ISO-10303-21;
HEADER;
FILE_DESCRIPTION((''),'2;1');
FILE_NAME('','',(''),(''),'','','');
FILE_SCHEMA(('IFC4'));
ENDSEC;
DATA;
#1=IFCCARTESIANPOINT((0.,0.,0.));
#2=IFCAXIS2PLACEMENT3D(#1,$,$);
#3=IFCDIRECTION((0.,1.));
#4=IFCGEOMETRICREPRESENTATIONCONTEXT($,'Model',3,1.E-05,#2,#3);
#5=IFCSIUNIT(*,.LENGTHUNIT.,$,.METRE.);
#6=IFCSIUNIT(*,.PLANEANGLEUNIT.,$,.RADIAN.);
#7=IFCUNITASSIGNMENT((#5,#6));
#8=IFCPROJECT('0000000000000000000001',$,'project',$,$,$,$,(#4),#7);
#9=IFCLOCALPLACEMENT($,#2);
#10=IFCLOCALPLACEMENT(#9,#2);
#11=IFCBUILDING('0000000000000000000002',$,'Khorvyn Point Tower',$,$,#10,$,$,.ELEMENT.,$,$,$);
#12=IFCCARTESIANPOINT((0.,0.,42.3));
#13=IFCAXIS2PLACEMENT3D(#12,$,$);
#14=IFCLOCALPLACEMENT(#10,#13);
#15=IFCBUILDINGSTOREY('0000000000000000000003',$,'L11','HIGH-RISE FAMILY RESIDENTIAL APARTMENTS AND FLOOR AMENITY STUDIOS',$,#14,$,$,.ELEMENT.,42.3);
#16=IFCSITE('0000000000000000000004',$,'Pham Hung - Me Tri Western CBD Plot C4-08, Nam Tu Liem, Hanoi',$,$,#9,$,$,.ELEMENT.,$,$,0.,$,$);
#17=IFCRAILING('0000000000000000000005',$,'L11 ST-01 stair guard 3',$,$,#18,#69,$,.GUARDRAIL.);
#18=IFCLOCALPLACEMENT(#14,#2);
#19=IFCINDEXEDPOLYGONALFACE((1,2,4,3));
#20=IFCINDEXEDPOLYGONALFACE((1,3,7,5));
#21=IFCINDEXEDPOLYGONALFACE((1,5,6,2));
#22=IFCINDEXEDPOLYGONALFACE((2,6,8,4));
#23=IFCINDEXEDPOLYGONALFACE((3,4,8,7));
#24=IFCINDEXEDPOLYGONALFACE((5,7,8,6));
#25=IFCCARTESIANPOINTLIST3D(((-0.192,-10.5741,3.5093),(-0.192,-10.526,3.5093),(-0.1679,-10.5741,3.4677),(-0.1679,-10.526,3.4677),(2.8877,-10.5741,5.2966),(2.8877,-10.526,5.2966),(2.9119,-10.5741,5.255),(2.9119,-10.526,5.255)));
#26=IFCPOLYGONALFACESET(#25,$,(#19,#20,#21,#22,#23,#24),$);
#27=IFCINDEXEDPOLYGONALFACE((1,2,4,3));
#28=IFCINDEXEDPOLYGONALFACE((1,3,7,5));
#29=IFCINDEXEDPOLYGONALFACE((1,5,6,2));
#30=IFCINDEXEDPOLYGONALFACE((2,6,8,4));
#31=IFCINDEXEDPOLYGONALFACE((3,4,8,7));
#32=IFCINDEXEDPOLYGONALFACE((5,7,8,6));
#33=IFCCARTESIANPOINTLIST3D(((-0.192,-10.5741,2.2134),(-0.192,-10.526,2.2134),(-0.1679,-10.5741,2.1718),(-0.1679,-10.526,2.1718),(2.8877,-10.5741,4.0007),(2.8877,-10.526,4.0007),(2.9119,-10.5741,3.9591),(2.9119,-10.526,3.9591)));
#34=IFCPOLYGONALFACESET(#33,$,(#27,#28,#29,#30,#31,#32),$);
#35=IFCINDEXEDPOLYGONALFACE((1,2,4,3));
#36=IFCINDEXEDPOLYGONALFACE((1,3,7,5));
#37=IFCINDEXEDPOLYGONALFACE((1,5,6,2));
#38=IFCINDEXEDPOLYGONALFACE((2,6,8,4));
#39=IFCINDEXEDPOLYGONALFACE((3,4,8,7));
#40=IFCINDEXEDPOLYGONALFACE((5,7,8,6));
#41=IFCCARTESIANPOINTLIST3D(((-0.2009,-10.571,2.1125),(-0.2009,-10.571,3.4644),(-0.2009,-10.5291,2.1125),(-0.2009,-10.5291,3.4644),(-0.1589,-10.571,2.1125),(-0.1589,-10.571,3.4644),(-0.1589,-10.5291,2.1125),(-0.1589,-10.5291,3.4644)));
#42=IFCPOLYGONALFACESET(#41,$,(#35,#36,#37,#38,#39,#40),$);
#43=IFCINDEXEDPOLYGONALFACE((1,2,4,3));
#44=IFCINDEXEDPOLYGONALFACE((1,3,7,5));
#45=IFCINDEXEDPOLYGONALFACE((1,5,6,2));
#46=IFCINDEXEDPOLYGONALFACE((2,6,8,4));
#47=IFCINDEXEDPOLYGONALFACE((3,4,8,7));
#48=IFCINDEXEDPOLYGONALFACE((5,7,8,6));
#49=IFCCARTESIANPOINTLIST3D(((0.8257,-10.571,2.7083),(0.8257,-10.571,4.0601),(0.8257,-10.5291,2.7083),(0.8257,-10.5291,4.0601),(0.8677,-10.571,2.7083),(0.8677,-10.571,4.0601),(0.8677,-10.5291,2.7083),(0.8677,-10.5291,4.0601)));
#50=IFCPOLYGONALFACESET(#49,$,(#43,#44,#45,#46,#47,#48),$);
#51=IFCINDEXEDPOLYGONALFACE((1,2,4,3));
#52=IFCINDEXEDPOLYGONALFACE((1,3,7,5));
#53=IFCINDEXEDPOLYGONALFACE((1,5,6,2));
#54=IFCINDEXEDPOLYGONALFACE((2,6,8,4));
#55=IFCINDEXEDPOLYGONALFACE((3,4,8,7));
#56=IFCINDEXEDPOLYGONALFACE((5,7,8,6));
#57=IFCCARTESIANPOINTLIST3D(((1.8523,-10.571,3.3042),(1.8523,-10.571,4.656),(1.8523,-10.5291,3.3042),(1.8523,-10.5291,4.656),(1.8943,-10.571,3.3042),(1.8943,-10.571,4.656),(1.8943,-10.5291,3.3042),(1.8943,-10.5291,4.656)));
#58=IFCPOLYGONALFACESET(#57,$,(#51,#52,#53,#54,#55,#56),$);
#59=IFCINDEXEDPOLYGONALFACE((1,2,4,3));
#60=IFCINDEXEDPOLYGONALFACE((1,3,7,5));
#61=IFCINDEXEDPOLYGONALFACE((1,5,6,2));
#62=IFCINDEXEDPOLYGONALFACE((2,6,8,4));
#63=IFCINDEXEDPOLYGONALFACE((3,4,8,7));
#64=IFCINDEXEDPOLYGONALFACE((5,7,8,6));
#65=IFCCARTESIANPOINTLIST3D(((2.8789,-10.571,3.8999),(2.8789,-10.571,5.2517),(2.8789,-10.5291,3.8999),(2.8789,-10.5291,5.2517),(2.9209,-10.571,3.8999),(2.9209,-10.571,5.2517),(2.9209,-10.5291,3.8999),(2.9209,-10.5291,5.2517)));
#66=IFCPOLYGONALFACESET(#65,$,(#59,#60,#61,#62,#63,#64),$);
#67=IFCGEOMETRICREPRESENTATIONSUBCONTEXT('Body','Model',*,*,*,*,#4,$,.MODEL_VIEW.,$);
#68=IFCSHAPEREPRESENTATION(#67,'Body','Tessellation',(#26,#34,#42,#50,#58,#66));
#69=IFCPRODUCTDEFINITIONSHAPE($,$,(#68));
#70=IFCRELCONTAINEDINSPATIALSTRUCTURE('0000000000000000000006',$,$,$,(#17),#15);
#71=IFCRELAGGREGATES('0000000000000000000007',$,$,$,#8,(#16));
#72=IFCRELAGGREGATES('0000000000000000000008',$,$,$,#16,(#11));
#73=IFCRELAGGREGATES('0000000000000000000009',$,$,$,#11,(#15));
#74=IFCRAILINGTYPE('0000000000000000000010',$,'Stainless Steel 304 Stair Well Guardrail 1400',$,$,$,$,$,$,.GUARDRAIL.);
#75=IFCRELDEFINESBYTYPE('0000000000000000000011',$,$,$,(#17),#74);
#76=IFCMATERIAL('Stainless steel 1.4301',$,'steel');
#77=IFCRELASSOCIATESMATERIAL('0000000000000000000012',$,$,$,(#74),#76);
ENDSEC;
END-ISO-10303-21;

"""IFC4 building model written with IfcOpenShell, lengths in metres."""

from ifc_helpers import new_model, si_unit, direction, frame, origin, origin_2d, place, context, subcontext, project, spatial, rectangle, extrude, material, type_object, element, save


model = new_model("IFC4")

# Units and contexts
model_context = context("Model", 3, precision=1e-05, world=origin(), true_north=direction((0.0, 1.0)))
body_context = subcontext(model_context, "Body", "Model", "MODEL_VIEW")
ifc_project = project(units=[si_unit("LENGTHUNIT", "METRE"), si_unit("PLANEANGLEUNIT", "RADIAN")], contexts=[model_context])

# Site, building, storey
site_placement = place(None, origin())
site = spatial("IfcSite", under=ifc_project, at=site_placement, Name="Pham Hung - Me Tri Western CBD Plot C4-08, Nam Tu Liem, Hanoi", CompositionType="ELEMENT", RefElevation=0.0)
building_placement = place(site_placement, origin())
building = spatial("IfcBuilding", under=site, at=building_placement, Name="Khorvyn Point Tower", CompositionType="ELEMENT")
storey_placement = place(building_placement, frame((0.0, 0.0, 42.3)))
storey = spatial("IfcBuildingStorey", under=building, at=storey_placement, Name="L11", Description="HIGH-RISE FAMILY RESIDENTIAL APARTMENTS AND FLOOR AMENITY STUDIOS", CompositionType="ELEMENT", Elevation=42.3)

# Railing
ifc_material_1 = material(Name="Stainless steel 1.4301", Category="steel")
railing_type = type_object("IfcRailingType", Name="Stainless Steel 304 Stair Well Guardrail 1400", PredefinedType="GUARDRAIL", material=ifc_material_1)
railing_1_placement = place(storey_placement, frame((-0.1799, -10.55, 2.1125)))
element("IfcRailing", 1, at=railing_1_placement, inside=storey, type_object=railing_type, Name="L11 ST-01 stair guard 3", PredefinedType="GUARDRAIL", context=body_context, shape_type="SweptSolid", body=[
    extrude(rectangle(XDim=0.0481, YDim=0.0481, at=origin_2d()), frame((0.0, 0.0, 1.376), z_axis=(0.864903, 0.0, 0.501939), x_axis=(0.0, 1.0, 0.0)), (0.0, 0.0, 1.0), 3.5608),
    extrude(rectangle(XDim=0.0481, YDim=0.0481, at=origin_2d()), frame((0.0, 0.0, 0.0801), z_axis=(0.864903, 0.0, 0.501939), x_axis=(0.0, 1.0, 0.0)), (0.0, 0.0, 1.0), 3.5608),
    extrude(rectangle(XDim=0.042, YDim=0.042, at=origin_2d()), origin(), (0.0, 0.0, 1.0), 1.3518),
    extrude(rectangle(XDim=0.042, YDim=0.042, at=origin_2d()), frame((1.0266, 0.0, 0.5957)), (0.0, 0.0, 1.0), 1.3518),
    extrude(rectangle(XDim=0.042, YDim=0.042, at=origin_2d()), frame((2.0532, 0.0, 1.1917)), (0.0, 0.0, 1.0), 1.3518),
    extrude(rectangle(XDim=0.042, YDim=0.042, at=origin_2d()), frame((3.0798, 0.0, 1.7874)), (0.0, 0.0, 1.0), 1.3518),
])

save(model, "model.ifc")
